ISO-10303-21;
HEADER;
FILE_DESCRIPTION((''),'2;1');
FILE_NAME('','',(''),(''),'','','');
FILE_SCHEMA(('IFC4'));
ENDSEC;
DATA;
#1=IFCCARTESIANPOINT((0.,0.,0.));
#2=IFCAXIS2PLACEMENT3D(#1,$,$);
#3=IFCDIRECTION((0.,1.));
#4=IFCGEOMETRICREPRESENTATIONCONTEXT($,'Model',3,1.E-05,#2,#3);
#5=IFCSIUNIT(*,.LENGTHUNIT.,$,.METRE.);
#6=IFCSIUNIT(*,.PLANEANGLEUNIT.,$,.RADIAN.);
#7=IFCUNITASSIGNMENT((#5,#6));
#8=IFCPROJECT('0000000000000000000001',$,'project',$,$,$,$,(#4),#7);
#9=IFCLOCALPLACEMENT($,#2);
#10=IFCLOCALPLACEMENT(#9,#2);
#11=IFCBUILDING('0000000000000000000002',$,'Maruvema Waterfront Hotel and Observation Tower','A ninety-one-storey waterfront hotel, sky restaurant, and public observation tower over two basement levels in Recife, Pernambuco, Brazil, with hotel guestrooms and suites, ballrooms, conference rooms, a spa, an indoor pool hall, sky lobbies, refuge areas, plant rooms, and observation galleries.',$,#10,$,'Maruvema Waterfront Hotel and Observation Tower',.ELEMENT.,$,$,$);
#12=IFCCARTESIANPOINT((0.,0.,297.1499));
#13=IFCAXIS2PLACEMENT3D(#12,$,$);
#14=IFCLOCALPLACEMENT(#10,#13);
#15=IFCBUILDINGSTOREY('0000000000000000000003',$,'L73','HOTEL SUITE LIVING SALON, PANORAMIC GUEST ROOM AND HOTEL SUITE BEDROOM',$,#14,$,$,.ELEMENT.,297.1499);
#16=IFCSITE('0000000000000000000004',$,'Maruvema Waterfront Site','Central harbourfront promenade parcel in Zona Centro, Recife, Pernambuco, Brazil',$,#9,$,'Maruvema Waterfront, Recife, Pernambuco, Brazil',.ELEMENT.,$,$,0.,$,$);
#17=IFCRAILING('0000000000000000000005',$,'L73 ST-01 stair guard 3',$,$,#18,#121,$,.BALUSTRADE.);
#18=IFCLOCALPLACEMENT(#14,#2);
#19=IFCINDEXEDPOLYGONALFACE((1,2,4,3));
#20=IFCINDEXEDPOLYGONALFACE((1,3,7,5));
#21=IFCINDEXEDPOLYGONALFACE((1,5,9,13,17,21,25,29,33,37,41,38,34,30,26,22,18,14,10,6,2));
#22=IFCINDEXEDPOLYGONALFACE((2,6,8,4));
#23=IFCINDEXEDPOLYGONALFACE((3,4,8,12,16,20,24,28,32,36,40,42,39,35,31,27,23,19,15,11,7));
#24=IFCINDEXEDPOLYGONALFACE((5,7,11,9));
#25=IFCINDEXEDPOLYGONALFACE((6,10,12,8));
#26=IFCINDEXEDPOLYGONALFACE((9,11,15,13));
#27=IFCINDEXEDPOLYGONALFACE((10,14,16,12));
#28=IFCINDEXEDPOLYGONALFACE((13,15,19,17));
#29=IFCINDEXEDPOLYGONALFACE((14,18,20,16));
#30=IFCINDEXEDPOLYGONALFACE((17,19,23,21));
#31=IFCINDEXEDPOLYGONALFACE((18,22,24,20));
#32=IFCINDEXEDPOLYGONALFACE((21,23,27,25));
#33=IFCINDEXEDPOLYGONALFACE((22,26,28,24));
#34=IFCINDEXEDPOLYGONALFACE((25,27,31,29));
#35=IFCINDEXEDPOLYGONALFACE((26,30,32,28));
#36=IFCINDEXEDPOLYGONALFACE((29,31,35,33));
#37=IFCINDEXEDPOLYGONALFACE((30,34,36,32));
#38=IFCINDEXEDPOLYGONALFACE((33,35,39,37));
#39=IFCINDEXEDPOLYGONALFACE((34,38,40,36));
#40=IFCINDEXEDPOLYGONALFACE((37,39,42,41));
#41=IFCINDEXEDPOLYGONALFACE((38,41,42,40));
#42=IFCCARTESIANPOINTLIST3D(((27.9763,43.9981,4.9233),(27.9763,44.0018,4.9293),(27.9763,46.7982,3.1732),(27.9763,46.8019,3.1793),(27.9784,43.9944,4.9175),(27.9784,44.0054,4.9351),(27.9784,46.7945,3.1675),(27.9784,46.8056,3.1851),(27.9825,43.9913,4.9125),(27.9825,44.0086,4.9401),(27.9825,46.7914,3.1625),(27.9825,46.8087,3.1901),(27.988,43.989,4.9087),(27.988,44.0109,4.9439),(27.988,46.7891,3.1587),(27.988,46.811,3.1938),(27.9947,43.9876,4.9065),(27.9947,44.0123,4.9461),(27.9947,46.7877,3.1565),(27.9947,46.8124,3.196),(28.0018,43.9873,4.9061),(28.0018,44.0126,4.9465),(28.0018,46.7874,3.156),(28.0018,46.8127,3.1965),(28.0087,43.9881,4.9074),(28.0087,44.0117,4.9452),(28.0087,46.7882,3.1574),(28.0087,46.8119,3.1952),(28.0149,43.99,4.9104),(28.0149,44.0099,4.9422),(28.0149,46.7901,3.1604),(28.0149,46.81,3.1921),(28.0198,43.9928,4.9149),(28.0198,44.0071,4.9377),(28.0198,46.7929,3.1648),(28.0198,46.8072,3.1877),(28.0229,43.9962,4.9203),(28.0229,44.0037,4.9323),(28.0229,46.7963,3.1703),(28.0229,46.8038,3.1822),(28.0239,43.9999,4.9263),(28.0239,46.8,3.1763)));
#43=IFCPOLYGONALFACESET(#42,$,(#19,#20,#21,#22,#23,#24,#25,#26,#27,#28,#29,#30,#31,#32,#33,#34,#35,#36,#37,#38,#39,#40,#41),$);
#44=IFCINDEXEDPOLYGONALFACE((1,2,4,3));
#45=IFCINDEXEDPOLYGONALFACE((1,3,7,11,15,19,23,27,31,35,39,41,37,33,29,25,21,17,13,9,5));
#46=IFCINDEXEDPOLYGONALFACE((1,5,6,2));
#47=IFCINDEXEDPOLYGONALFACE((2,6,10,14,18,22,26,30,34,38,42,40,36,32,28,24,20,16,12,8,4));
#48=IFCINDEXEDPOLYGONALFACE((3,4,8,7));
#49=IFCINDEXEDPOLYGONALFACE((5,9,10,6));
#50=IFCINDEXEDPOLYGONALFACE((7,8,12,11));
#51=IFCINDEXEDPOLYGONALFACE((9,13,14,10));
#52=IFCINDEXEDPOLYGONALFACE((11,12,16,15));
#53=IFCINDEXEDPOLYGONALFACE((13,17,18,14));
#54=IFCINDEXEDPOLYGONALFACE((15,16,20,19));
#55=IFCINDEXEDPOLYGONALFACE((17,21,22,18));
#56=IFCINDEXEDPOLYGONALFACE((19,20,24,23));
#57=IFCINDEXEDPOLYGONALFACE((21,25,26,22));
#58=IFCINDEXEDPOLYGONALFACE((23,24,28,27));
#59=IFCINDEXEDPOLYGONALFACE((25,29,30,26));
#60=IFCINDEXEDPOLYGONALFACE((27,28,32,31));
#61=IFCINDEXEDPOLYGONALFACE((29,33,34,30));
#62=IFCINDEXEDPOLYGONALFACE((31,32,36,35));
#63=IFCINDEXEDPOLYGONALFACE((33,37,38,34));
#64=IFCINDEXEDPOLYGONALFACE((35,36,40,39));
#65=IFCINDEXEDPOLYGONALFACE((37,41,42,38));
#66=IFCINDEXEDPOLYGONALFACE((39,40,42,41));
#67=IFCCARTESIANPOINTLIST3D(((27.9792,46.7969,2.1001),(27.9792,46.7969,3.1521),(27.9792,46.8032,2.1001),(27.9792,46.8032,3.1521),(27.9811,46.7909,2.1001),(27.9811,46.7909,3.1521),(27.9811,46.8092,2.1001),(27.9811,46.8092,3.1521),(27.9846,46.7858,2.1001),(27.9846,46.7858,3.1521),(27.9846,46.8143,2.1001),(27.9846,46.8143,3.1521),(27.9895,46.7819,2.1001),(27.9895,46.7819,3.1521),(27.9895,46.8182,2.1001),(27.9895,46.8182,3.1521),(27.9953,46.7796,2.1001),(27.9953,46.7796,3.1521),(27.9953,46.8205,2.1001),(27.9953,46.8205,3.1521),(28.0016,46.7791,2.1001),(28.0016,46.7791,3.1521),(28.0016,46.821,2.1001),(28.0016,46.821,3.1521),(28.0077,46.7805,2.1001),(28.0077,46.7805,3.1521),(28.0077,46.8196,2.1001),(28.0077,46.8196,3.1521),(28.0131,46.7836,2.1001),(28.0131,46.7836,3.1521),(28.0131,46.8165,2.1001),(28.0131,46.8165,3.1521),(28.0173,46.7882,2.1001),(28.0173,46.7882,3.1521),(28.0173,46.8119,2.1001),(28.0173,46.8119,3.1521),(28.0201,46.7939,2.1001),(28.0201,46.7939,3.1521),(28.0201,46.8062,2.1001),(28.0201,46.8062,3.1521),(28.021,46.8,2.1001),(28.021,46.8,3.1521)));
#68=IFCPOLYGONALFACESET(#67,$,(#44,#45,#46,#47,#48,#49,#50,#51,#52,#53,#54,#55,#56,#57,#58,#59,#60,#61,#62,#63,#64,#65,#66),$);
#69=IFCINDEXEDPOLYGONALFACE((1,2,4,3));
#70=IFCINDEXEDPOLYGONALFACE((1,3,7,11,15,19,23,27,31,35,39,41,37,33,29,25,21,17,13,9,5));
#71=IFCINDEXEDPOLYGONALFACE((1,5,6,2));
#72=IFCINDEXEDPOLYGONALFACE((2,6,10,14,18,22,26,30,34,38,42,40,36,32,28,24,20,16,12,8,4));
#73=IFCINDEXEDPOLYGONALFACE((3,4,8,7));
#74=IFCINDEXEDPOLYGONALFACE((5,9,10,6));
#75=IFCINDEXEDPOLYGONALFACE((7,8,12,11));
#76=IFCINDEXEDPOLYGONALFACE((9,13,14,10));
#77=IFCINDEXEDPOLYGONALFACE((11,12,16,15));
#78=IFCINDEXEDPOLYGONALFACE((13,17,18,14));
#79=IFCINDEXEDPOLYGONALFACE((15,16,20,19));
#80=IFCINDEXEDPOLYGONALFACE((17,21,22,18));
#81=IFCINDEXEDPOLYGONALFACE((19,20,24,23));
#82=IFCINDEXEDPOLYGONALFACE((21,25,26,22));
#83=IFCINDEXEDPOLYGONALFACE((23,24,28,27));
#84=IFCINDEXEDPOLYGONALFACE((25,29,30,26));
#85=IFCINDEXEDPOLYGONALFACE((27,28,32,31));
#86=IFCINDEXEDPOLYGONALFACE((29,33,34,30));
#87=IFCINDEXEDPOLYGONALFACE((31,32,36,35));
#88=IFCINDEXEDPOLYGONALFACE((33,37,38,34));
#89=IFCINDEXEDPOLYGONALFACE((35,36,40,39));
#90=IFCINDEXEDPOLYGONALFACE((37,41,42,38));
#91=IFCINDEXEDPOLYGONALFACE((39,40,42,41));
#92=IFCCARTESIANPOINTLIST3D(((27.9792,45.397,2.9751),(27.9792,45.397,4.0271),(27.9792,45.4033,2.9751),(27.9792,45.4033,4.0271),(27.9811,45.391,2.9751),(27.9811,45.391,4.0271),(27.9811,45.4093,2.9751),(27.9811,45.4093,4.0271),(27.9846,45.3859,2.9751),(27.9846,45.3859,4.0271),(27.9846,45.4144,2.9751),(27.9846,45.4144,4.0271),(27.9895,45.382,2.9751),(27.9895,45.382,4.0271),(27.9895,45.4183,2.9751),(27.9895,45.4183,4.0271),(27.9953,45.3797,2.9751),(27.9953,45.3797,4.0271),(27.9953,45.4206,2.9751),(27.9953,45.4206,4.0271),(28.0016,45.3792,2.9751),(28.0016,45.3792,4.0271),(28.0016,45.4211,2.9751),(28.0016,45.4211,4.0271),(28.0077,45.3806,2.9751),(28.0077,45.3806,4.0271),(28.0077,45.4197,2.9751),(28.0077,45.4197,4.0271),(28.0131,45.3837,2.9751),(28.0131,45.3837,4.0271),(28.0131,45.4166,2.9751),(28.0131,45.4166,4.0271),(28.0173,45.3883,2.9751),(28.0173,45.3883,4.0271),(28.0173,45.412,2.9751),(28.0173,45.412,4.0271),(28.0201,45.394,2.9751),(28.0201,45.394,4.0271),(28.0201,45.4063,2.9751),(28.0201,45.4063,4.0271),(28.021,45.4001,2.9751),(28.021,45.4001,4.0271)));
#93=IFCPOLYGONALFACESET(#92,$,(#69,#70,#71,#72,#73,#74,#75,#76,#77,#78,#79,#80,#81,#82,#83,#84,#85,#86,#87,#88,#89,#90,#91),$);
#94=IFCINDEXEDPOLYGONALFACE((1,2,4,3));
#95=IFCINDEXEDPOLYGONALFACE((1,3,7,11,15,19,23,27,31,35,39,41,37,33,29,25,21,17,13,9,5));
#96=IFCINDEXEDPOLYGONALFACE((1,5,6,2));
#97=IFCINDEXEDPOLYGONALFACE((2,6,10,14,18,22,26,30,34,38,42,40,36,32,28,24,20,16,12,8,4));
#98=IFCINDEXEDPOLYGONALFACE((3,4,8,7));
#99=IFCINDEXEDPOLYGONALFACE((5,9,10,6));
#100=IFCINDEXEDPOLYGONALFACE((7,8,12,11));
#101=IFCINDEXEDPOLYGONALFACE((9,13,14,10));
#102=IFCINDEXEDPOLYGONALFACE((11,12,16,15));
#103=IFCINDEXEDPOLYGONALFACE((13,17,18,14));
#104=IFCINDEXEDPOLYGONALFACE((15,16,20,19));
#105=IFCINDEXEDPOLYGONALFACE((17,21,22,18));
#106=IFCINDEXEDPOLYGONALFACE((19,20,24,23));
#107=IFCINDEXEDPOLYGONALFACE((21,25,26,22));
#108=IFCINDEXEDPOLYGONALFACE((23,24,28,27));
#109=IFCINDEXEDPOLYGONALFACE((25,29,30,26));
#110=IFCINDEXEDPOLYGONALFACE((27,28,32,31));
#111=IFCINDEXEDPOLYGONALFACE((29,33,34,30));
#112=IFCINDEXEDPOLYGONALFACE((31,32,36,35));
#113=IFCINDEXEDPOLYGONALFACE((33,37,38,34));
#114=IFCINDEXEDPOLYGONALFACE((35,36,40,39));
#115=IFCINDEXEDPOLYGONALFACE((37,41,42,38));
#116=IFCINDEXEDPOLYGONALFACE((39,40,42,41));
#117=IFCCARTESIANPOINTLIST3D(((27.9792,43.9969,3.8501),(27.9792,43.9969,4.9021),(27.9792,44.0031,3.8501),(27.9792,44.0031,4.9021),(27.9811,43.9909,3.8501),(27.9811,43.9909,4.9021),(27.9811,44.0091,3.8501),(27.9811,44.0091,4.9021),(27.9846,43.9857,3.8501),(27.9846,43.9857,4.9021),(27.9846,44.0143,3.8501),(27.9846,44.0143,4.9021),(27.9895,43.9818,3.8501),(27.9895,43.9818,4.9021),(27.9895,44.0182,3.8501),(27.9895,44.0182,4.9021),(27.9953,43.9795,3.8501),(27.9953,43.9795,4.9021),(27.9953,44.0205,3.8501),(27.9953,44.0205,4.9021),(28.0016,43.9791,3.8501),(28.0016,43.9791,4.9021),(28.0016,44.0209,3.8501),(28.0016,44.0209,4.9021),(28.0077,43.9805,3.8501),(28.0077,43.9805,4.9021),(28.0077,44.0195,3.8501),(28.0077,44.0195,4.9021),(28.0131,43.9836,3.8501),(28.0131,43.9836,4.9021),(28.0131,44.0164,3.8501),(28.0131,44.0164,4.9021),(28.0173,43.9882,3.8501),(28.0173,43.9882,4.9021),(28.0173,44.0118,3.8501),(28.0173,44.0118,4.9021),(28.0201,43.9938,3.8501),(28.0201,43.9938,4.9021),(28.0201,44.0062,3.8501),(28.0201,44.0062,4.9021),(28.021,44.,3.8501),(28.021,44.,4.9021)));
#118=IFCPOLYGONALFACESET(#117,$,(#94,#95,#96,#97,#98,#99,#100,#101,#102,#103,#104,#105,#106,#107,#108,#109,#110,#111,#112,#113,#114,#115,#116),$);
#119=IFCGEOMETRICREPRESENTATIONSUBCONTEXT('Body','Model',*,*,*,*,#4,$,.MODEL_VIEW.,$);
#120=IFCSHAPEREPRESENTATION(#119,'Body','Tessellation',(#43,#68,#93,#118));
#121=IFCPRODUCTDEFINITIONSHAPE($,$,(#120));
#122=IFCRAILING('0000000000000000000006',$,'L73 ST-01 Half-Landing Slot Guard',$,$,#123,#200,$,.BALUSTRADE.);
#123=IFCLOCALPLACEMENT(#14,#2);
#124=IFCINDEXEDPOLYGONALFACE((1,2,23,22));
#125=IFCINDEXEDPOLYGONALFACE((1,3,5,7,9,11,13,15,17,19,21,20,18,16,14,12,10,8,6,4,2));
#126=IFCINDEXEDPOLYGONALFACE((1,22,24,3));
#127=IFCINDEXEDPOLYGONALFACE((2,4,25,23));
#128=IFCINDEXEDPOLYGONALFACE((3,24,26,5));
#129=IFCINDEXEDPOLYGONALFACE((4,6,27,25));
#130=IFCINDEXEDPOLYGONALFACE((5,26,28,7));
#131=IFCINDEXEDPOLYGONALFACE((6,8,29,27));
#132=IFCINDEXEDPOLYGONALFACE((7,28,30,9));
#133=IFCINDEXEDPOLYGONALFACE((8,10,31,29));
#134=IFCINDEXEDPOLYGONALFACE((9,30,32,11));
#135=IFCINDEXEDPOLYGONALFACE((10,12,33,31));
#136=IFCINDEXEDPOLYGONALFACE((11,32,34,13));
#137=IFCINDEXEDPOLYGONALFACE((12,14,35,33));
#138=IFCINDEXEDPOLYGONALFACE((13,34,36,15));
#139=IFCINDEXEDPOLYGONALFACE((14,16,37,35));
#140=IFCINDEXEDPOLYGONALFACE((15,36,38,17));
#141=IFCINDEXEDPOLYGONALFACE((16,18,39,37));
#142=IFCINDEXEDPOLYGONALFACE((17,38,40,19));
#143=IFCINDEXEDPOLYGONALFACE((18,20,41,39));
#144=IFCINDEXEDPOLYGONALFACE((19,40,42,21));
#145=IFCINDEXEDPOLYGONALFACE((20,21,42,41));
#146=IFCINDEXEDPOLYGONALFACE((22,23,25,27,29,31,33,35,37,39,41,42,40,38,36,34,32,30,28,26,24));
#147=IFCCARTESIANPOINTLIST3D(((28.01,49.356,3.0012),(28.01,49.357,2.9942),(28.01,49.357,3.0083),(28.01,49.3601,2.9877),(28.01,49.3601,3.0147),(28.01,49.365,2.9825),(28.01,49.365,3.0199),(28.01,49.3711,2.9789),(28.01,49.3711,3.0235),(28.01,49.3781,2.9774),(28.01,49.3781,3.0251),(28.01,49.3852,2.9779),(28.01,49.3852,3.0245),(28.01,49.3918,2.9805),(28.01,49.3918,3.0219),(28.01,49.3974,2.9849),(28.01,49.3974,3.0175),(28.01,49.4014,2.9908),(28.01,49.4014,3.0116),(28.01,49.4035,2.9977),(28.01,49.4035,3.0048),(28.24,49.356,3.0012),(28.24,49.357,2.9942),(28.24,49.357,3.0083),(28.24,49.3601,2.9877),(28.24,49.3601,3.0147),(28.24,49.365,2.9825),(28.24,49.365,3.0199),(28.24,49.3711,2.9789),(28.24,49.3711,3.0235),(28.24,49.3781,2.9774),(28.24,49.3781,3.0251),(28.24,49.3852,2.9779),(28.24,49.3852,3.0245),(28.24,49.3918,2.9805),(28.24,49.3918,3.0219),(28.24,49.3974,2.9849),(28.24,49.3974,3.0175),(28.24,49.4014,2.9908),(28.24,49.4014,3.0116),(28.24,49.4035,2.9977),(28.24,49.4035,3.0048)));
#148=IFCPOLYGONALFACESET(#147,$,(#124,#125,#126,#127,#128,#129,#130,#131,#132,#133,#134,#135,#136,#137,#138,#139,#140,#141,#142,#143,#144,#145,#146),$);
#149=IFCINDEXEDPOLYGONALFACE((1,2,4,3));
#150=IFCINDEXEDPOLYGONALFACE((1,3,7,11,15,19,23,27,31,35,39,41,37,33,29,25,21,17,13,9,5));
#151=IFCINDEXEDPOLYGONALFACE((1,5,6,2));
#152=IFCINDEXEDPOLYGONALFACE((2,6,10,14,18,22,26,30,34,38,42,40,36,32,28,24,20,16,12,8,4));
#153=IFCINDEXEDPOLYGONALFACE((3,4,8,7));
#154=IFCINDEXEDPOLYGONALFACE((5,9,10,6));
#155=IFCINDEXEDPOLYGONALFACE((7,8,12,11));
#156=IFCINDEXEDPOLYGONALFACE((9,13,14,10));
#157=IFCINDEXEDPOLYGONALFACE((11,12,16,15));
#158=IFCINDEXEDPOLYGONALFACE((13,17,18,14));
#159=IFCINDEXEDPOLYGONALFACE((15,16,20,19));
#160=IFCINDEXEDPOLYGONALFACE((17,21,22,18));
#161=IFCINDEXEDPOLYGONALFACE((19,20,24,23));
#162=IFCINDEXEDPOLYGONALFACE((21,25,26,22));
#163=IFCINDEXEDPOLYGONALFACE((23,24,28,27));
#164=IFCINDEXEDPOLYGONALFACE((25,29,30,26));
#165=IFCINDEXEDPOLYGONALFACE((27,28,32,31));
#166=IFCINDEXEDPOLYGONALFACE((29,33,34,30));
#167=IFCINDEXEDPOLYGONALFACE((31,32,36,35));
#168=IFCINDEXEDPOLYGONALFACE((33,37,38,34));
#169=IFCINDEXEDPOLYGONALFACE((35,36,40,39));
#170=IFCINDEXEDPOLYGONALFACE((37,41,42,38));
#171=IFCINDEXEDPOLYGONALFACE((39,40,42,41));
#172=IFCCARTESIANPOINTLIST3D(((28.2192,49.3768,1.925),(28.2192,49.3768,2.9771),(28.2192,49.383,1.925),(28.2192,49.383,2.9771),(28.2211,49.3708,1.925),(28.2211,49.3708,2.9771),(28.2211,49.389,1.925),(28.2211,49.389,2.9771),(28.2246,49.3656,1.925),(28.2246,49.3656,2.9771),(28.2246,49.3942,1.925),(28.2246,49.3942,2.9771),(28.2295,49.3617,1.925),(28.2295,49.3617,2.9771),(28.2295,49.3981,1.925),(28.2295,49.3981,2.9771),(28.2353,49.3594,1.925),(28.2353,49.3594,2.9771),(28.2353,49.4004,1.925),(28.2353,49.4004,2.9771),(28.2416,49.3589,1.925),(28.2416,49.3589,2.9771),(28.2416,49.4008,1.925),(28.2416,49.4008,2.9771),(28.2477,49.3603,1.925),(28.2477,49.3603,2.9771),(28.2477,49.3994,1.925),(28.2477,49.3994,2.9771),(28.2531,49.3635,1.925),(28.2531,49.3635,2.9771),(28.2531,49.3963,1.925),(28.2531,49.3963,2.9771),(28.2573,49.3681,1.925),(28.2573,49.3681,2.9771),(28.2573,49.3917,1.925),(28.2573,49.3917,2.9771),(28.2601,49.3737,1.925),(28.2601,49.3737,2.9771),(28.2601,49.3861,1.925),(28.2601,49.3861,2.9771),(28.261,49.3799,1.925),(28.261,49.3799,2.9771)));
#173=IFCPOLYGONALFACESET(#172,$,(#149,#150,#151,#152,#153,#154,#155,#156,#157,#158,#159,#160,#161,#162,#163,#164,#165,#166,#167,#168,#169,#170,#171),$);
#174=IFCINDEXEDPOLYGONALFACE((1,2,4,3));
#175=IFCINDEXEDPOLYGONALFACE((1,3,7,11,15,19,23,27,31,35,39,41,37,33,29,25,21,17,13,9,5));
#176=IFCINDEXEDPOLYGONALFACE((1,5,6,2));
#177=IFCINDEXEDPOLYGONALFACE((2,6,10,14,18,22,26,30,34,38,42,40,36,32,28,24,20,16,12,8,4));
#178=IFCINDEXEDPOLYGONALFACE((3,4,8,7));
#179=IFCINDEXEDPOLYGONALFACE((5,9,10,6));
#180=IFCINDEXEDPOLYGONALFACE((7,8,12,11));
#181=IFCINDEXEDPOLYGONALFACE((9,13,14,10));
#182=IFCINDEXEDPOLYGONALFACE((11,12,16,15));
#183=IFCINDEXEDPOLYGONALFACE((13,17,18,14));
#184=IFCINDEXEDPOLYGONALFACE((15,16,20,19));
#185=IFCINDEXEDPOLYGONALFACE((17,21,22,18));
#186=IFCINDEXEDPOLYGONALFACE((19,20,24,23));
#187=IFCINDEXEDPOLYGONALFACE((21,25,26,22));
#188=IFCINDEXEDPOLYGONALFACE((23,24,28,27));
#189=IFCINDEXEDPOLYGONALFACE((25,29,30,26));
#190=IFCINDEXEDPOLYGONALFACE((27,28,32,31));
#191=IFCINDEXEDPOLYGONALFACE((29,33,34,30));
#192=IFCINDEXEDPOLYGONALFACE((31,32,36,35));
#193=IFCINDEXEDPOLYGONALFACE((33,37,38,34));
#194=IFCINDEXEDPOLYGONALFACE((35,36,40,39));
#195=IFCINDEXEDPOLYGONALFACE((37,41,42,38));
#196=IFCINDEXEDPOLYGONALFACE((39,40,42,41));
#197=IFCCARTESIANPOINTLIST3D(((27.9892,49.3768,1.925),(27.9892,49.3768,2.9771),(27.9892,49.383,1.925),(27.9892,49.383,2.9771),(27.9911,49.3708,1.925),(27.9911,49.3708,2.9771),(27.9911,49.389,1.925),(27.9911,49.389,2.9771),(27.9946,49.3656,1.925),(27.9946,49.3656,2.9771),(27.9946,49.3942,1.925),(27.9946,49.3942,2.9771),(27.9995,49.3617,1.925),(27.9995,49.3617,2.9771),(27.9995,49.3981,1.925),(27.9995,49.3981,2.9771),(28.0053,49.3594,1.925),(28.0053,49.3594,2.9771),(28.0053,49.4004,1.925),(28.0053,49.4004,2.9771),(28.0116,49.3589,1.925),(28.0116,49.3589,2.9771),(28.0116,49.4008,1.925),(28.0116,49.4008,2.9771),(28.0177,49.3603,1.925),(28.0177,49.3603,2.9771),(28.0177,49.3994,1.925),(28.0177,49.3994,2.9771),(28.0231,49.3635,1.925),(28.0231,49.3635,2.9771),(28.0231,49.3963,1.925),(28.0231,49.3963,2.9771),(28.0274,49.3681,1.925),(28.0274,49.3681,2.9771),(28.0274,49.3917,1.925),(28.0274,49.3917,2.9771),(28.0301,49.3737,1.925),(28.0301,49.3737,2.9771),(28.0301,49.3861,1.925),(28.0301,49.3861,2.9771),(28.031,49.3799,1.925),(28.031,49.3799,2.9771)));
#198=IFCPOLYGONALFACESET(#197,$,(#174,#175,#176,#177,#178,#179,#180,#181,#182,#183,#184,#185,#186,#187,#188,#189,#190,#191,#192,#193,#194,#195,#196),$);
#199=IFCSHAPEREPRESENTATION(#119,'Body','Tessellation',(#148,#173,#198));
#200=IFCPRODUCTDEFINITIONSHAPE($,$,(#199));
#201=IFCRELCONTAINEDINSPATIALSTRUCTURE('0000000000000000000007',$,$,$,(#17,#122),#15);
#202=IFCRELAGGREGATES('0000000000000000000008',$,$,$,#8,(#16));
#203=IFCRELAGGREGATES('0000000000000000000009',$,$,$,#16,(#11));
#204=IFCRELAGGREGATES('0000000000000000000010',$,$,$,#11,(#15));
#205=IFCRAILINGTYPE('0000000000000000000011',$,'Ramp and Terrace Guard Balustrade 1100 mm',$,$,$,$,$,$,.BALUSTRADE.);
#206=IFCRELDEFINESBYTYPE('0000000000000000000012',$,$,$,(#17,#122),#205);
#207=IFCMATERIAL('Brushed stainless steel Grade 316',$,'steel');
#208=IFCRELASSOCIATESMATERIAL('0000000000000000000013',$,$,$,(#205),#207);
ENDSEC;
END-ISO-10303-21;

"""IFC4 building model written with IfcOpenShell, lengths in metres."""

from ifc_helpers import new_model, si_unit, direction, frame, origin, origin_2d, place, context, subcontext, project, spatial, circle, extrude, material, type_object, element, save


model = new_model("IFC4")

# Units and contexts
model_context = context("Model", 3, precision=1e-05, world=origin(), true_north=direction((0.0, 1.0)))
body_context = subcontext(model_context, "Body", "Model", "MODEL_VIEW")
ifc_project = project(units=[si_unit("LENGTHUNIT", "METRE"), si_unit("PLANEANGLEUNIT", "RADIAN")], contexts=[model_context])

# Site, building, storey
site_placement = place(None, origin())
site = spatial("IfcSite", under=ifc_project, at=site_placement, Name="Maruvema Waterfront Site", Description="Central harbourfront promenade parcel in Zona Centro, Recife, Pernambuco, Brazil", LongName="Maruvema Waterfront, Recife, Pernambuco, Brazil", CompositionType="ELEMENT", RefElevation=0.0)
building_placement = place(site_placement, origin())
building = spatial("IfcBuilding", under=site, at=building_placement, Name="Maruvema Waterfront Hotel and Observation Tower", Description="A ninety-one-storey waterfront hotel, sky restaurant, and public observation tower over two basement levels in Recife, Pernambuco, Brazil, with hotel guestrooms and suites, ballrooms, conference rooms, a spa, an indoor pool hall, sky lobbies, refuge areas, plant rooms, and observation galleries.", LongName="Maruvema Waterfront Hotel and Observation Tower", CompositionType="ELEMENT")
storey_placement = place(building_placement, frame((0.0, 0.0, 297.1499)))
storey = spatial("IfcBuildingStorey", under=building, at=storey_placement, Name="L73", Description="HOTEL SUITE LIVING SALON, PANORAMIC GUEST ROOM AND HOTEL SUITE BEDROOM", CompositionType="ELEMENT", Elevation=297.1499)

# Railings
ifc_material_1 = material(Name="Brushed stainless steel Grade 316", Category="steel")
railing_type_1 = type_object("IfcRailingType", Name="Ramp and Terrace Guard Balustrade 1100 mm", PredefinedType="BALUSTRADE", material=ifc_material_1)
railing_1_placement = place(storey_placement, frame((28.0, 46.8, 2.1001)))
element("IfcRailing", 1, at=railing_1_placement, inside=storey, type_object=railing_type_1, Name="L73 ST-01 stair guard 3", PredefinedType="BALUSTRADE", context=body_context, shape_type="SweptSolid", body=[
    extrude(circle(Radius=0.0239, at=origin_2d()), frame((0.0, 0.0, 1.0762), z_axis=(0.0, -0.848002, 0.529992), x_axis=(1.0, 0.0, 0.0)), (0.0, 0.0, 1.0), 3.302),
    extrude(circle(Radius=0.021, at=origin_2d()), origin(), (0.0, 0.0, 1.0), 1.052),
    extrude(circle(Radius=0.021, at=origin_2d()), frame((0.0, -1.3999, 0.875)), (0.0, 0.0, 1.0), 1.052),
    extrude(circle(Radius=0.021, at=origin_2d()), frame((0.0, -2.8, 1.75)), (0.0, 0.0, 1.0), 1.052),
])
railing_2_placement = place(storey_placement, frame((28.24, 49.3799, 1.925)))
element("IfcRailing", 2, at=railing_2_placement, inside=storey, type_object=railing_type_1, Name="L73 ST-01 Half-Landing Slot Guard", PredefinedType="BALUSTRADE", context=body_context, shape_type="SweptSolid", body=[
    extrude(circle(Radius=0.0239, at=origin_2d()), frame((0.0, 0.0, 1.0762), z_axis=(-1.0, 0.0, 0.0), x_axis=(0.0, -1.0, 0.0)), (0.0, 0.0, 1.0), 0.23),
    extrude(circle(Radius=0.021, at=origin_2d()), origin(), (0.0, 0.0, 1.0), 1.052),
    extrude(circle(Radius=0.021, at=origin_2d()), frame((-0.23, 0.0, 0.0)), (0.0, 0.0, 1.0), 1.052),
])

save(model, "model.ifc")
